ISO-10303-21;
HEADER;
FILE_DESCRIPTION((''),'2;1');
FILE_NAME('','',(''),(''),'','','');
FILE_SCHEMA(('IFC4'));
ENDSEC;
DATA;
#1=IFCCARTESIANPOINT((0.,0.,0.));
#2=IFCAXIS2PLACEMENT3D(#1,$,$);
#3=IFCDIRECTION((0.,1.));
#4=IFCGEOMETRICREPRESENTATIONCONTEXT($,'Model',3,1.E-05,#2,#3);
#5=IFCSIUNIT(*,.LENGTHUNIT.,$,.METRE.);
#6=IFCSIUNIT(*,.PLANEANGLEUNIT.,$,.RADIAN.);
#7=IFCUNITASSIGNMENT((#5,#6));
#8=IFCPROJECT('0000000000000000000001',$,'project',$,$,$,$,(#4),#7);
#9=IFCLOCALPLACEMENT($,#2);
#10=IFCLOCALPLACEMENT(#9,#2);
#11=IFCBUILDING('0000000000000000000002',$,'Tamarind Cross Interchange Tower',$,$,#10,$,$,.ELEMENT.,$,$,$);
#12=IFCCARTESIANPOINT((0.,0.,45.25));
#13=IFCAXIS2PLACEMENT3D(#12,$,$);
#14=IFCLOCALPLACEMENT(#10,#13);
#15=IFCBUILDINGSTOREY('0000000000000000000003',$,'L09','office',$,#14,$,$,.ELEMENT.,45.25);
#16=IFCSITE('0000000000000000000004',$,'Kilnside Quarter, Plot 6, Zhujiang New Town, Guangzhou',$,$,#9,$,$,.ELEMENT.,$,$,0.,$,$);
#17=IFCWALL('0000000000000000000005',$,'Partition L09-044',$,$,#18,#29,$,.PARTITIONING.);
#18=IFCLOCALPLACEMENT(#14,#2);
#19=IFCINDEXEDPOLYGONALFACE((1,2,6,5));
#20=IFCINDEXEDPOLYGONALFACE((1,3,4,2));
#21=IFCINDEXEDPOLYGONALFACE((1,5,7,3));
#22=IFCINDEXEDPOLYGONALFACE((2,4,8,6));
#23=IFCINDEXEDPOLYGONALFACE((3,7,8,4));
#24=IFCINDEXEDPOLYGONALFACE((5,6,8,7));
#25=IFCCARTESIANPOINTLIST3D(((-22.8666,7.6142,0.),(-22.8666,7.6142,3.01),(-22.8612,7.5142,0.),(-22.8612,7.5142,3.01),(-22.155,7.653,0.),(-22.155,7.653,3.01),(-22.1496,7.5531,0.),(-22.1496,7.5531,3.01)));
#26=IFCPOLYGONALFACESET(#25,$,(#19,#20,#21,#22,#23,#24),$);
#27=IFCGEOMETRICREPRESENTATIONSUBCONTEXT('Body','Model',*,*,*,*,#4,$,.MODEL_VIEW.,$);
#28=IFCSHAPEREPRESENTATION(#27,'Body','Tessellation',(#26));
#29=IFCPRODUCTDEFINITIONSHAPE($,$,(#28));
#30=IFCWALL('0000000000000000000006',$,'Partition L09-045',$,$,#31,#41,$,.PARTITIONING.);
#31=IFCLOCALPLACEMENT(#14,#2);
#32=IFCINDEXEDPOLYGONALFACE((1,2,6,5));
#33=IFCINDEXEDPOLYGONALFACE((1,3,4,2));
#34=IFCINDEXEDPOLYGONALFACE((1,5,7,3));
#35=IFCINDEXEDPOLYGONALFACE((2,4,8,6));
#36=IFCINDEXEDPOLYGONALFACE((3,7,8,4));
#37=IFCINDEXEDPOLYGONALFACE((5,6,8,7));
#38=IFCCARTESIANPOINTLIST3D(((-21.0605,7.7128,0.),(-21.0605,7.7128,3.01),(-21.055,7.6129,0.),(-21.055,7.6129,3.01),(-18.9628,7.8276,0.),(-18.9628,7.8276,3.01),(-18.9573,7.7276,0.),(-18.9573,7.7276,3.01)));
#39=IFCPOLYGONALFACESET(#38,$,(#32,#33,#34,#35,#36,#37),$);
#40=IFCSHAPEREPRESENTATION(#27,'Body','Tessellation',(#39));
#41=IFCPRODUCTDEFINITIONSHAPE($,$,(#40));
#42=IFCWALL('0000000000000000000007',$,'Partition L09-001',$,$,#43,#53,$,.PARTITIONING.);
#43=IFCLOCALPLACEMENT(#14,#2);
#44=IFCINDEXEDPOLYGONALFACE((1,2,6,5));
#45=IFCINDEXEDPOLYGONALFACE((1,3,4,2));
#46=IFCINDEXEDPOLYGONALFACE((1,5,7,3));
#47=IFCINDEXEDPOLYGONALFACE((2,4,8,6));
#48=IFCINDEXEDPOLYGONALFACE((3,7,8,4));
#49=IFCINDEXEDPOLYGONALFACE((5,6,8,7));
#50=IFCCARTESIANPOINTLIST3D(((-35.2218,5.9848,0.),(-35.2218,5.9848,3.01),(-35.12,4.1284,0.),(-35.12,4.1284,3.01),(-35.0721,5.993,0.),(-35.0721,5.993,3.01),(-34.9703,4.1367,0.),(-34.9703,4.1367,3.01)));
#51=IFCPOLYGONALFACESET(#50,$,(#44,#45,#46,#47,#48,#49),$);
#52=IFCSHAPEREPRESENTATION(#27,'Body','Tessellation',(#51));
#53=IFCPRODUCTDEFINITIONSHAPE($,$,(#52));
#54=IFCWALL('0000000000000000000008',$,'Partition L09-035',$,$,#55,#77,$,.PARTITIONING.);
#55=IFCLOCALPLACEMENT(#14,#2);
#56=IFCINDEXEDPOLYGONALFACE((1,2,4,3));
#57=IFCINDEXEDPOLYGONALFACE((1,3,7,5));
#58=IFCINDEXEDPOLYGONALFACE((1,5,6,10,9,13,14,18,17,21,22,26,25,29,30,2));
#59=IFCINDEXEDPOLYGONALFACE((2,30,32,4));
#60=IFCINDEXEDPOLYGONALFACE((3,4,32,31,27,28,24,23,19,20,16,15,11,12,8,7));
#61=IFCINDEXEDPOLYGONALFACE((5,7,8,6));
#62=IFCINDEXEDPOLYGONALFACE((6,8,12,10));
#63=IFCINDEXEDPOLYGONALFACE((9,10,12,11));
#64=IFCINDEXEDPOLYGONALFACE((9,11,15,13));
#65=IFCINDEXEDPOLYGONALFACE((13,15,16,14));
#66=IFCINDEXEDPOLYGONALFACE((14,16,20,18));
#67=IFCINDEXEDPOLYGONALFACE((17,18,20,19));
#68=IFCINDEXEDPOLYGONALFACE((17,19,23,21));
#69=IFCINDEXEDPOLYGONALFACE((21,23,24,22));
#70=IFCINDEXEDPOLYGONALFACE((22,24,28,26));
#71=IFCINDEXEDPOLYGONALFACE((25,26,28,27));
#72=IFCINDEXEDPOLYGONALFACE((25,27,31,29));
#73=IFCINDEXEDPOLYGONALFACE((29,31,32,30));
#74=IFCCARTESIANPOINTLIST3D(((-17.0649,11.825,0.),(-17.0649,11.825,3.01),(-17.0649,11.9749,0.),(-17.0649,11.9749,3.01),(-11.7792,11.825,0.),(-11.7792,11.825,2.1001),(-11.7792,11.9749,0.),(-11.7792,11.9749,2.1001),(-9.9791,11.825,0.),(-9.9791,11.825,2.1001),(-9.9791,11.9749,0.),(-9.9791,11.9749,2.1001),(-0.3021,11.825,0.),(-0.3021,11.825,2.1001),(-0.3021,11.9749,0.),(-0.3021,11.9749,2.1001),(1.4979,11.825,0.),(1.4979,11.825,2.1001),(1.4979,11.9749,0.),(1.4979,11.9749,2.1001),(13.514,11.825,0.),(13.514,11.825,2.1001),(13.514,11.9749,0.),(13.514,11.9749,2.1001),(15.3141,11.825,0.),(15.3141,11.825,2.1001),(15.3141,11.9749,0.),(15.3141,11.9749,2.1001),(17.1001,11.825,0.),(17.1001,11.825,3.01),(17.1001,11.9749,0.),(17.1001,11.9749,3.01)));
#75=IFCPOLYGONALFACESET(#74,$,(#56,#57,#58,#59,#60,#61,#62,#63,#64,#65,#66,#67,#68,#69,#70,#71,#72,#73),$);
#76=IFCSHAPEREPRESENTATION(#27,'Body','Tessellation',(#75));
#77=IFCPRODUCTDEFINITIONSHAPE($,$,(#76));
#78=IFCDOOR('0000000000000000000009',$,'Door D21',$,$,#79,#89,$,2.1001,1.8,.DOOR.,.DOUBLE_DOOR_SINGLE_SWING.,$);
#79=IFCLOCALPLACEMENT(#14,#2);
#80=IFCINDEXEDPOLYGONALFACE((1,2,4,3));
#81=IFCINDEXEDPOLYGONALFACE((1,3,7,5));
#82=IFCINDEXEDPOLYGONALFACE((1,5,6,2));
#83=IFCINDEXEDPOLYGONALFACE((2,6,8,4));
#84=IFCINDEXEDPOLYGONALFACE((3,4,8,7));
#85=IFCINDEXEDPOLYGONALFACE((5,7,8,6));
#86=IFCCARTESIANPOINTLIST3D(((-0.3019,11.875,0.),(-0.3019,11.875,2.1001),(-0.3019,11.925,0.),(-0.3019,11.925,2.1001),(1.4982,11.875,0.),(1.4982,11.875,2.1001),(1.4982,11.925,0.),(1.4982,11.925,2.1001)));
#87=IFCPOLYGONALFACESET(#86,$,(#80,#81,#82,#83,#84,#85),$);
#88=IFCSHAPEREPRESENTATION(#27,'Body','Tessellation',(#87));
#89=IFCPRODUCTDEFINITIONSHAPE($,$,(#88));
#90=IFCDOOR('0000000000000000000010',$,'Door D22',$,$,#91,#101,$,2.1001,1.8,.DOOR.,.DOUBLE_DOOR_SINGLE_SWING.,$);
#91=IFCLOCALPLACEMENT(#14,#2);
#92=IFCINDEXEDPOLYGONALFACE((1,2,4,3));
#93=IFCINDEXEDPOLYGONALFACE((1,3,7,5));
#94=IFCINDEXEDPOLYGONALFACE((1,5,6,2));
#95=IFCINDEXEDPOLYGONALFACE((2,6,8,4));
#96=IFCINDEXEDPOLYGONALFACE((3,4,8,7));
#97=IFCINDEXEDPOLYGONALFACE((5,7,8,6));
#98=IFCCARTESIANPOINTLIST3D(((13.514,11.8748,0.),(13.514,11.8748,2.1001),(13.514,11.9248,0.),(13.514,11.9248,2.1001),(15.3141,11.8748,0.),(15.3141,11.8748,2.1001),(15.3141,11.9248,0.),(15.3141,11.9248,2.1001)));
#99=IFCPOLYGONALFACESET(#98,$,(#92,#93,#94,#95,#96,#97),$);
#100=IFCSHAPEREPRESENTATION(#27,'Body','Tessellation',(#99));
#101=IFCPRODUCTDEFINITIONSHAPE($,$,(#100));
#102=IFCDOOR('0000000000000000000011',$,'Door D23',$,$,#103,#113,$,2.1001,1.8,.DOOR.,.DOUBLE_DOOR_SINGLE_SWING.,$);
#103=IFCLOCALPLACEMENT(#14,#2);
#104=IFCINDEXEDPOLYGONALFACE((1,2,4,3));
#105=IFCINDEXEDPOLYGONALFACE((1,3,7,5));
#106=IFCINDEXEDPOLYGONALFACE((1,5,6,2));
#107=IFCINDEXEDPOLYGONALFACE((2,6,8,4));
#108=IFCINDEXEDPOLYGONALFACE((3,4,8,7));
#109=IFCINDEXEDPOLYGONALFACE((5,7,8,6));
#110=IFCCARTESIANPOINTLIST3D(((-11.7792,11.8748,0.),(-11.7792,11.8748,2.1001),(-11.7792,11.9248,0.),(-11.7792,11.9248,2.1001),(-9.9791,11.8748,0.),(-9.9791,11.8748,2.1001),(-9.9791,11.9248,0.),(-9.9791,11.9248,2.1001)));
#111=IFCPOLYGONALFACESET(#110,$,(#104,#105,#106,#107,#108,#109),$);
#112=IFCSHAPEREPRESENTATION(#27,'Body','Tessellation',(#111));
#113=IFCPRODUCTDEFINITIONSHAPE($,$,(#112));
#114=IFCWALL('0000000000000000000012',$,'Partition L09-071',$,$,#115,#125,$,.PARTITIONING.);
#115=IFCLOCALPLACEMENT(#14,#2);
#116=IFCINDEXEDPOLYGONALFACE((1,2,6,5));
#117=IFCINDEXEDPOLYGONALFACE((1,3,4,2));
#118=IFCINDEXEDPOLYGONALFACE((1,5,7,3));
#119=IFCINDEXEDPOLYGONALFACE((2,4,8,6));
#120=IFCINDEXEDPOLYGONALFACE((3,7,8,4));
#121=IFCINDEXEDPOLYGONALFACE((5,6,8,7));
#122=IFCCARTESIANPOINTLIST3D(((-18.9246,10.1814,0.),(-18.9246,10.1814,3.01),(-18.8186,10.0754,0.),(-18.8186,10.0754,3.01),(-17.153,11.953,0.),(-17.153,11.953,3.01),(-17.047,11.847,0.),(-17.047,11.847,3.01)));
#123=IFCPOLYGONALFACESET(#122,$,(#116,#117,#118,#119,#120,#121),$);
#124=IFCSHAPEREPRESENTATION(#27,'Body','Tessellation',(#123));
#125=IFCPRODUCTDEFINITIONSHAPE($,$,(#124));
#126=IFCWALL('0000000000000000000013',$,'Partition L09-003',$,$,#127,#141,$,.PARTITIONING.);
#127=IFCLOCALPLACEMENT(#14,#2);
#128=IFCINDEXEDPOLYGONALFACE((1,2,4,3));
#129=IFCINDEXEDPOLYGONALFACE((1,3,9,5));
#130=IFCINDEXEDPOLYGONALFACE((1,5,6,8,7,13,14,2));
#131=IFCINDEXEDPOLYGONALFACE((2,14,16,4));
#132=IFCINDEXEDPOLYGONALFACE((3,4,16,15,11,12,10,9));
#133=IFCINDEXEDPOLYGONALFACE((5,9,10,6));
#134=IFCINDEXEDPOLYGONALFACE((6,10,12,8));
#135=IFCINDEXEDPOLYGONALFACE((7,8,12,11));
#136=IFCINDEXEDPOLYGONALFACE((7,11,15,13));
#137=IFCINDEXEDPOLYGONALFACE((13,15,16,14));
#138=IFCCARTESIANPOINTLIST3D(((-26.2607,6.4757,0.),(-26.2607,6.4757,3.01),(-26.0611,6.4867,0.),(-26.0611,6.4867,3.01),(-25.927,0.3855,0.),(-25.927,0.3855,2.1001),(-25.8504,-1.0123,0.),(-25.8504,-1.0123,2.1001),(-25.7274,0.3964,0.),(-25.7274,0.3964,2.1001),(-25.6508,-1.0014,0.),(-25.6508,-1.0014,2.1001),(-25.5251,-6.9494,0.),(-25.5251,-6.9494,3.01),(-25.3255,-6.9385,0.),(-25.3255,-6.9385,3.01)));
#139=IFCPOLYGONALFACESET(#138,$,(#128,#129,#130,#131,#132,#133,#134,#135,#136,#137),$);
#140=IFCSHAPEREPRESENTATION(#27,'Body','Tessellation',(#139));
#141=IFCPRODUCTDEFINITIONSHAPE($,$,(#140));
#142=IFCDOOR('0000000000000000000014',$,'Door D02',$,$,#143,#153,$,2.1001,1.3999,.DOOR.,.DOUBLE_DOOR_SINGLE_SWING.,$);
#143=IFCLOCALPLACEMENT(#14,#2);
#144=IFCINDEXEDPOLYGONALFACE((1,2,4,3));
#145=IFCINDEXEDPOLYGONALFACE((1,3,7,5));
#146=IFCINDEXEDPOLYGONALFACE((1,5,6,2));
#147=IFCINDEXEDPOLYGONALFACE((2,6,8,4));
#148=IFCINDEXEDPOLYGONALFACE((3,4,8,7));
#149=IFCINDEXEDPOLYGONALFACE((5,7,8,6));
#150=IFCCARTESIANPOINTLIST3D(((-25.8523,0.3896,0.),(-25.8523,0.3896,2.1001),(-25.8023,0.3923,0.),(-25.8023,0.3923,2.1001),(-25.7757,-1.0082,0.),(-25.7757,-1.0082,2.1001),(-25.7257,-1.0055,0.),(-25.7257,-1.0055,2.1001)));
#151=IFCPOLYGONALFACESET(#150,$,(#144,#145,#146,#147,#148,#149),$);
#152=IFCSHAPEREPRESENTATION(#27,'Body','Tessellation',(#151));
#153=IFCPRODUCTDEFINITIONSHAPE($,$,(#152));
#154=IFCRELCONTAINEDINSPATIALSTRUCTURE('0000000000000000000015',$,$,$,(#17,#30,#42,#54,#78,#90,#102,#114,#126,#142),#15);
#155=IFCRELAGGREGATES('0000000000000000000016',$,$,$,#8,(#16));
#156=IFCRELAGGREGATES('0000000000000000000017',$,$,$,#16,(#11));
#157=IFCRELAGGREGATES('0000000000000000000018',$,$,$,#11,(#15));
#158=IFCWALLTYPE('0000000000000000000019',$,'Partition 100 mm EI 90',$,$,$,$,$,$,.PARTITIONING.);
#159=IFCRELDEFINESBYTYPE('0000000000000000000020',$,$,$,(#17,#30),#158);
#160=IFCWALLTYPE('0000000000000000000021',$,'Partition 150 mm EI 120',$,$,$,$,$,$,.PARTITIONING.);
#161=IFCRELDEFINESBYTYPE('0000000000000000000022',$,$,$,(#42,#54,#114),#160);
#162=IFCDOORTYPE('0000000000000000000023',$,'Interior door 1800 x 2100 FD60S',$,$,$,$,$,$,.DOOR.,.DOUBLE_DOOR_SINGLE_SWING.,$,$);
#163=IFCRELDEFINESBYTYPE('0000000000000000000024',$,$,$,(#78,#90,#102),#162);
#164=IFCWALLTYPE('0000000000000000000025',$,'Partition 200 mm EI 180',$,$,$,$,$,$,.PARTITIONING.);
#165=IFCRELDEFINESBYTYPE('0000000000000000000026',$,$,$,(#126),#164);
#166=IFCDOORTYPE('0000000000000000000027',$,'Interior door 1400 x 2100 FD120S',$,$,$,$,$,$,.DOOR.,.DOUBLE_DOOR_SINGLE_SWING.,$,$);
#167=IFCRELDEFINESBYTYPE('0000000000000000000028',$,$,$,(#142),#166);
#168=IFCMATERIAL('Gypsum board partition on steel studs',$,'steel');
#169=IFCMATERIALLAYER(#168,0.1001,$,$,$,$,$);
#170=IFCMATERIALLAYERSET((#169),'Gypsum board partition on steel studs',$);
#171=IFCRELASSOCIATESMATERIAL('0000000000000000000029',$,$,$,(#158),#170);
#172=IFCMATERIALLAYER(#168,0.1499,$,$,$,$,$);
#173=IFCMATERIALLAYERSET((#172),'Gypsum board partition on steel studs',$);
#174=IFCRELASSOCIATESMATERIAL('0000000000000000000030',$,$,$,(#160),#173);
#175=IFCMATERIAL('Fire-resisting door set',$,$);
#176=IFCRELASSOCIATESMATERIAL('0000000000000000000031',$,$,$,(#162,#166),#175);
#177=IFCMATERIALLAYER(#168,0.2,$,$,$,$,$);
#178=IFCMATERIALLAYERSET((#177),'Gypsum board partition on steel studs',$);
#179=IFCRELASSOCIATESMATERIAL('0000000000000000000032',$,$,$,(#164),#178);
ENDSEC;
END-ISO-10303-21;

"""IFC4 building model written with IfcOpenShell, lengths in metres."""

from ifc_helpers import new_model, si_unit, direction, frame, frame_2d, origin, place, context, subcontext, project, spatial, rectangle, extrude, material, layer, layer_set, type_object, element, fill, save


model = new_model("IFC4")

# Units and contexts
model_context = context("Model", 3, precision=1e-05, world=origin(), true_north=direction((0.0, 1.0)))
body_context = subcontext(model_context, "Body", "Model", "MODEL_VIEW")
ifc_project = project(units=[si_unit("LENGTHUNIT", "METRE"), si_unit("PLANEANGLEUNIT", "RADIAN")], contexts=[model_context])

# Site, building, storey
site_placement = place(None, origin())
site = spatial("IfcSite", under=ifc_project, at=site_placement, Name="Kilnside Quarter, Plot 6, Zhujiang New Town, Guangzhou", CompositionType="ELEMENT", RefElevation=0.0)
building_placement = place(site_placement, origin())
building = spatial("IfcBuilding", under=site, at=building_placement, Name="Tamarind Cross Interchange Tower", CompositionType="ELEMENT")
storey_placement = place(building_placement, frame((0.0, 0.0, 45.25)))
storey = spatial("IfcBuildingStorey", under=building, at=storey_placement, Name="L09", Description="office", CompositionType="ELEMENT", Elevation=45.25)

# Walls
ifc_material_1 = material(Name="Gypsum board partition on steel studs", Category="steel")
ifc_layer_1 = layer(ifc_material_1, 0.1001)
ifc_layer_set_1 = layer_set([ifc_layer_1], Name="Gypsum board partition on steel studs")
wall_type_1 = type_object("IfcWallType", Name="Partition 100 mm EI 90", PredefinedType="PARTITIONING", material=ifc_layer_set_1)
wall_1_placement = place(storey_placement, frame((-22.864, 7.5642, 0.0), z_axis=(0.0, 0.0, 1.0), x_axis=(0.998516, 0.054464, 0.0)))
element("IfcWall", 1, at=wall_1_placement, inside=storey, type_object=wall_type_1, Name="Partition L09-044", PredefinedType="PARTITIONING", context=body_context, shape_type="SweptSolid", body=[
    extrude(rectangle(XDim=0.7126, YDim=0.1001, at=frame_2d((0.3564, 0.0))), origin(), (0.0, 0.0, 1.0), 3.01),
])
wall_2_placement = place(storey_placement, frame((-21.0576, 7.6628, 0.0), z_axis=(0.0, 0.0, 1.0), x_axis=(0.998507, 0.05462, 0.0)))
element("IfcWall", 2, at=wall_2_placement, inside=storey, type_object=wall_type_1, Name="Partition L09-045", PredefinedType="PARTITIONING", context=body_context, shape_type="SweptSolid", body=[
    extrude(rectangle(XDim=2.1008, YDim=0.1001, at=frame_2d((1.0503, 0.0))), origin(), (0.0, 0.0, 1.0), 3.01),
])
ifc_layer_2 = layer(ifc_material_1, 0.1499)
ifc_layer_set_2 = layer_set([ifc_layer_2], Name="Gypsum board partition on steel studs")
wall_type_2 = type_object("IfcWallType", Name="Partition 150 mm EI 120", PredefinedType="PARTITIONING", material=ifc_layer_set_2)
wall_3_placement = place(storey_placement, frame((-35.147, 5.989, 0.0), z_axis=(0.0, 0.0, 1.0), x_axis=(0.054757, -0.9985, 0.0)))
element("IfcWall", 3, at=wall_3_placement, inside=storey, type_object=wall_type_2, Name="Partition L09-001", PredefinedType="PARTITIONING", context=body_context, shape_type="SweptSolid", body=[
    extrude(rectangle(XDim=1.8591, YDim=0.1499, at=frame_2d((0.9297, 0.0))), origin(), (0.0, 0.0, 1.0), 3.01),
])

# Wall, openings, doors
wall_4_placement = place(storey_placement, frame((-17.0649, 11.8999, 0.0), z_axis=(0.0, 0.0, 1.0), x_axis=(1.0, 0.0, 0.0)))
wall_4 = element("IfcWall", 4, at=wall_4_placement, inside=storey, type_object=wall_type_2, Name="Partition L09-035", PredefinedType="PARTITIONING", context=body_context, shape_type="SweptSolid", body=[
    extrude(rectangle(XDim=34.165, YDim=0.1499, at=frame_2d((17.0825, 0.0))), origin(), (0.0, 0.0, 1.0), 3.01),
])
opening_1_placement = place(wall_4_placement, frame((16.7629, 0.0, 0.0)))
opening_1 = element("IfcOpeningElement", 5, at=opening_1_placement, cuts=wall_4, PredefinedType="OPENING", context=body_context, shape_type="SweptSolid", body=[
    extrude(rectangle(XDim=1.8, YDim=2.1001, at=frame_2d((0.8999, 1.05))), frame((0.0, 0.085, 0.0), z_axis=(0.0, -1.0, 0.0), x_axis=(1.0, 0.0, 0.0)), (0.0, 0.0, 1.0), 0.1699),
])
opening_2_placement = place(wall_4_placement, frame((30.5791, 0.0, 0.0)))
opening_2 = element("IfcOpeningElement", 6, at=opening_2_placement, cuts=wall_4, PredefinedType="OPENING", context=body_context, shape_type="SweptSolid", body=[
    extrude(rectangle(XDim=1.8, YDim=2.1001, at=frame_2d((0.8999, 1.05))), frame((0.0, 0.085, 0.0), z_axis=(0.0, -1.0, 0.0), x_axis=(1.0, 0.0, 0.0)), (0.0, 0.0, 1.0), 0.1699),
])
opening_3_placement = place(wall_4_placement, frame((5.2859, 0.0, 0.0)))
opening_3 = element("IfcOpeningElement", 7, at=opening_3_placement, cuts=wall_4, PredefinedType="OPENING", context=body_context, shape_type="SweptSolid", body=[
    extrude(rectangle(XDim=1.8, YDim=2.1001, at=frame_2d((0.8999, 1.05))), frame((0.0, 0.085, 0.0), z_axis=(0.0, -1.0, 0.0), x_axis=(1.0, 0.0, 0.0)), (0.0, 0.0, 1.0), 0.1699),
])
ifc_material_2 = material(Name="Fire-resisting door set")
door_type_1 = type_object("IfcDoorType", Name="Interior door 1800 x 2100 FD60S", OperationType="DOUBLE_DOOR_SINGLE_SWING", PredefinedType="DOOR", material=ifc_material_2)
door_1_placement = place(opening_1_placement, frame((1.8, 0.0, 0.0), z_axis=(0.0, 0.0, 1.0), x_axis=(-1.0, 0.0, 0.0)))
door_1 = element("IfcDoor", 8, at=door_1_placement, inside=storey, type_object=door_type_1, Name="Door D21", OperationType="DOUBLE_DOOR_SINGLE_SWING", OverallHeight=2.1001, OverallWidth=1.8, PredefinedType="DOOR", context=body_context, shape_type="SweptSolid", body=[
    extrude(rectangle(XDim=1.8, YDim=2.1001, at=frame_2d((0.8999, 1.05))), frame((0.0, 0.0249, 0.0), z_axis=(0.0, -1.0, 0.0), x_axis=(1.0, 0.0, 0.0)), (0.0, 0.0, 1.0), 0.05),
])
fill(opening_1, door_1)
door_2_placement = place(opening_2_placement, origin())
door_2 = element("IfcDoor", 9, at=door_2_placement, inside=storey, type_object=door_type_1, Name="Door D22", OperationType="DOUBLE_DOOR_SINGLE_SWING", OverallHeight=2.1001, OverallWidth=1.8, PredefinedType="DOOR", context=body_context, shape_type="SweptSolid", body=[
    extrude(rectangle(XDim=1.8, YDim=2.1001, at=frame_2d((0.8999, 1.05))), frame((0.0, 0.0249, 0.0), z_axis=(0.0, -1.0, 0.0), x_axis=(1.0, 0.0, 0.0)), (0.0, 0.0, 1.0), 0.05),
])
fill(opening_2, door_2)
door_3_placement = place(opening_3_placement, origin())
door_3 = element("IfcDoor", 10, at=door_3_placement, inside=storey, type_object=door_type_1, Name="Door D23", OperationType="DOUBLE_DOOR_SINGLE_SWING", OverallHeight=2.1001, OverallWidth=1.8, PredefinedType="DOOR", context=body_context, shape_type="SweptSolid", body=[
    extrude(rectangle(XDim=1.8, YDim=2.1001, at=frame_2d((0.8999, 1.05))), frame((0.0, 0.0249, 0.0), z_axis=(0.0, -1.0, 0.0), x_axis=(1.0, 0.0, 0.0)), (0.0, 0.0, 1.0), 0.05),
])
fill(opening_3, door_3)

# Wall
wall_5_placement = place(storey_placement, frame((-18.8716, 10.1284, 0.0), z_axis=(0.0, 0.0, 1.0), x_axis=(0.707107, 0.707107, 0.0)))
element("IfcWall", 11, at=wall_5_placement, inside=storey, type_object=wall_type_2, Name="Partition L09-071", PredefinedType="PARTITIONING", context=body_context, shape_type="SweptSolid", body=[
    extrude(rectangle(XDim=2.5054, YDim=0.1499, at=frame_2d((1.2527, 0.0))), origin(), (0.0, 0.0, 1.0), 3.01),
])

# Wall, opening, door
ifc_layer_3 = layer(ifc_material_1, 0.2)
ifc_layer_set_3 = layer_set([ifc_layer_3], Name="Gypsum board partition on steel studs")
wall_type_3 = type_object("IfcWallType", Name="Partition 200 mm EI 180", PredefinedType="PARTITIONING", material=ifc_layer_set_3)
wall_6_placement = place(storey_placement, frame((-26.1609, 6.4812, 0.0), z_axis=(0.0, 0.0, 1.0), x_axis=(0.05471, -0.998502, 0.0)))
wall_6 = element("IfcWall", 12, at=wall_6_placement, inside=storey, type_object=wall_type_3, Name="Partition L09-003", PredefinedType="PARTITIONING", context=body_context, shape_type="SweptSolid", body=[
    extrude(rectangle(XDim=13.4453, YDim=0.2, at=frame_2d((6.7227, 0.0))), origin(), (0.0, 0.0, 1.0), 3.01),
])
opening_4_placement = place(wall_6_placement, frame((6.0994, 0.0, 0.0)))
opening_4 = element("IfcOpeningElement", 13, at=opening_4_placement, cuts=wall_6, PredefinedType="OPENING", context=body_context, shape_type="SweptSolid", body=[
    extrude(rectangle(XDim=1.3999, YDim=2.1001, at=frame_2d((0.7, 1.05))), frame((0.0, 0.1099, 0.0), z_axis=(0.0, -1.0, 0.0), x_axis=(1.0, 0.0, 0.0)), (0.0, 0.0, 1.0), 0.22),
])
door_type_2 = type_object("IfcDoorType", Name="Interior door 1400 x 2100 FD120S", OperationType="DOUBLE_DOOR_SINGLE_SWING", PredefinedType="DOOR", material=ifc_material_2)
door_4_placement = place(opening_4_placement, origin())
door_4 = element("IfcDoor", 14, at=door_4_placement, inside=storey, type_object=door_type_2, Name="Door D02", OperationType="DOUBLE_DOOR_SINGLE_SWING", OverallHeight=2.1001, OverallWidth=1.3999, PredefinedType="DOOR", context=body_context, shape_type="SweptSolid", body=[
    extrude(rectangle(XDim=1.3999, YDim=2.1001, at=frame_2d((0.7, 1.05))), frame((0.0, 0.0249, 0.0), z_axis=(0.0, -1.0, 0.0), x_axis=(1.0, 0.0, 0.0)), (0.0, 0.0, 1.0), 0.05),
])
fill(opening_4, door_4)

save(model, "model.ifc")
